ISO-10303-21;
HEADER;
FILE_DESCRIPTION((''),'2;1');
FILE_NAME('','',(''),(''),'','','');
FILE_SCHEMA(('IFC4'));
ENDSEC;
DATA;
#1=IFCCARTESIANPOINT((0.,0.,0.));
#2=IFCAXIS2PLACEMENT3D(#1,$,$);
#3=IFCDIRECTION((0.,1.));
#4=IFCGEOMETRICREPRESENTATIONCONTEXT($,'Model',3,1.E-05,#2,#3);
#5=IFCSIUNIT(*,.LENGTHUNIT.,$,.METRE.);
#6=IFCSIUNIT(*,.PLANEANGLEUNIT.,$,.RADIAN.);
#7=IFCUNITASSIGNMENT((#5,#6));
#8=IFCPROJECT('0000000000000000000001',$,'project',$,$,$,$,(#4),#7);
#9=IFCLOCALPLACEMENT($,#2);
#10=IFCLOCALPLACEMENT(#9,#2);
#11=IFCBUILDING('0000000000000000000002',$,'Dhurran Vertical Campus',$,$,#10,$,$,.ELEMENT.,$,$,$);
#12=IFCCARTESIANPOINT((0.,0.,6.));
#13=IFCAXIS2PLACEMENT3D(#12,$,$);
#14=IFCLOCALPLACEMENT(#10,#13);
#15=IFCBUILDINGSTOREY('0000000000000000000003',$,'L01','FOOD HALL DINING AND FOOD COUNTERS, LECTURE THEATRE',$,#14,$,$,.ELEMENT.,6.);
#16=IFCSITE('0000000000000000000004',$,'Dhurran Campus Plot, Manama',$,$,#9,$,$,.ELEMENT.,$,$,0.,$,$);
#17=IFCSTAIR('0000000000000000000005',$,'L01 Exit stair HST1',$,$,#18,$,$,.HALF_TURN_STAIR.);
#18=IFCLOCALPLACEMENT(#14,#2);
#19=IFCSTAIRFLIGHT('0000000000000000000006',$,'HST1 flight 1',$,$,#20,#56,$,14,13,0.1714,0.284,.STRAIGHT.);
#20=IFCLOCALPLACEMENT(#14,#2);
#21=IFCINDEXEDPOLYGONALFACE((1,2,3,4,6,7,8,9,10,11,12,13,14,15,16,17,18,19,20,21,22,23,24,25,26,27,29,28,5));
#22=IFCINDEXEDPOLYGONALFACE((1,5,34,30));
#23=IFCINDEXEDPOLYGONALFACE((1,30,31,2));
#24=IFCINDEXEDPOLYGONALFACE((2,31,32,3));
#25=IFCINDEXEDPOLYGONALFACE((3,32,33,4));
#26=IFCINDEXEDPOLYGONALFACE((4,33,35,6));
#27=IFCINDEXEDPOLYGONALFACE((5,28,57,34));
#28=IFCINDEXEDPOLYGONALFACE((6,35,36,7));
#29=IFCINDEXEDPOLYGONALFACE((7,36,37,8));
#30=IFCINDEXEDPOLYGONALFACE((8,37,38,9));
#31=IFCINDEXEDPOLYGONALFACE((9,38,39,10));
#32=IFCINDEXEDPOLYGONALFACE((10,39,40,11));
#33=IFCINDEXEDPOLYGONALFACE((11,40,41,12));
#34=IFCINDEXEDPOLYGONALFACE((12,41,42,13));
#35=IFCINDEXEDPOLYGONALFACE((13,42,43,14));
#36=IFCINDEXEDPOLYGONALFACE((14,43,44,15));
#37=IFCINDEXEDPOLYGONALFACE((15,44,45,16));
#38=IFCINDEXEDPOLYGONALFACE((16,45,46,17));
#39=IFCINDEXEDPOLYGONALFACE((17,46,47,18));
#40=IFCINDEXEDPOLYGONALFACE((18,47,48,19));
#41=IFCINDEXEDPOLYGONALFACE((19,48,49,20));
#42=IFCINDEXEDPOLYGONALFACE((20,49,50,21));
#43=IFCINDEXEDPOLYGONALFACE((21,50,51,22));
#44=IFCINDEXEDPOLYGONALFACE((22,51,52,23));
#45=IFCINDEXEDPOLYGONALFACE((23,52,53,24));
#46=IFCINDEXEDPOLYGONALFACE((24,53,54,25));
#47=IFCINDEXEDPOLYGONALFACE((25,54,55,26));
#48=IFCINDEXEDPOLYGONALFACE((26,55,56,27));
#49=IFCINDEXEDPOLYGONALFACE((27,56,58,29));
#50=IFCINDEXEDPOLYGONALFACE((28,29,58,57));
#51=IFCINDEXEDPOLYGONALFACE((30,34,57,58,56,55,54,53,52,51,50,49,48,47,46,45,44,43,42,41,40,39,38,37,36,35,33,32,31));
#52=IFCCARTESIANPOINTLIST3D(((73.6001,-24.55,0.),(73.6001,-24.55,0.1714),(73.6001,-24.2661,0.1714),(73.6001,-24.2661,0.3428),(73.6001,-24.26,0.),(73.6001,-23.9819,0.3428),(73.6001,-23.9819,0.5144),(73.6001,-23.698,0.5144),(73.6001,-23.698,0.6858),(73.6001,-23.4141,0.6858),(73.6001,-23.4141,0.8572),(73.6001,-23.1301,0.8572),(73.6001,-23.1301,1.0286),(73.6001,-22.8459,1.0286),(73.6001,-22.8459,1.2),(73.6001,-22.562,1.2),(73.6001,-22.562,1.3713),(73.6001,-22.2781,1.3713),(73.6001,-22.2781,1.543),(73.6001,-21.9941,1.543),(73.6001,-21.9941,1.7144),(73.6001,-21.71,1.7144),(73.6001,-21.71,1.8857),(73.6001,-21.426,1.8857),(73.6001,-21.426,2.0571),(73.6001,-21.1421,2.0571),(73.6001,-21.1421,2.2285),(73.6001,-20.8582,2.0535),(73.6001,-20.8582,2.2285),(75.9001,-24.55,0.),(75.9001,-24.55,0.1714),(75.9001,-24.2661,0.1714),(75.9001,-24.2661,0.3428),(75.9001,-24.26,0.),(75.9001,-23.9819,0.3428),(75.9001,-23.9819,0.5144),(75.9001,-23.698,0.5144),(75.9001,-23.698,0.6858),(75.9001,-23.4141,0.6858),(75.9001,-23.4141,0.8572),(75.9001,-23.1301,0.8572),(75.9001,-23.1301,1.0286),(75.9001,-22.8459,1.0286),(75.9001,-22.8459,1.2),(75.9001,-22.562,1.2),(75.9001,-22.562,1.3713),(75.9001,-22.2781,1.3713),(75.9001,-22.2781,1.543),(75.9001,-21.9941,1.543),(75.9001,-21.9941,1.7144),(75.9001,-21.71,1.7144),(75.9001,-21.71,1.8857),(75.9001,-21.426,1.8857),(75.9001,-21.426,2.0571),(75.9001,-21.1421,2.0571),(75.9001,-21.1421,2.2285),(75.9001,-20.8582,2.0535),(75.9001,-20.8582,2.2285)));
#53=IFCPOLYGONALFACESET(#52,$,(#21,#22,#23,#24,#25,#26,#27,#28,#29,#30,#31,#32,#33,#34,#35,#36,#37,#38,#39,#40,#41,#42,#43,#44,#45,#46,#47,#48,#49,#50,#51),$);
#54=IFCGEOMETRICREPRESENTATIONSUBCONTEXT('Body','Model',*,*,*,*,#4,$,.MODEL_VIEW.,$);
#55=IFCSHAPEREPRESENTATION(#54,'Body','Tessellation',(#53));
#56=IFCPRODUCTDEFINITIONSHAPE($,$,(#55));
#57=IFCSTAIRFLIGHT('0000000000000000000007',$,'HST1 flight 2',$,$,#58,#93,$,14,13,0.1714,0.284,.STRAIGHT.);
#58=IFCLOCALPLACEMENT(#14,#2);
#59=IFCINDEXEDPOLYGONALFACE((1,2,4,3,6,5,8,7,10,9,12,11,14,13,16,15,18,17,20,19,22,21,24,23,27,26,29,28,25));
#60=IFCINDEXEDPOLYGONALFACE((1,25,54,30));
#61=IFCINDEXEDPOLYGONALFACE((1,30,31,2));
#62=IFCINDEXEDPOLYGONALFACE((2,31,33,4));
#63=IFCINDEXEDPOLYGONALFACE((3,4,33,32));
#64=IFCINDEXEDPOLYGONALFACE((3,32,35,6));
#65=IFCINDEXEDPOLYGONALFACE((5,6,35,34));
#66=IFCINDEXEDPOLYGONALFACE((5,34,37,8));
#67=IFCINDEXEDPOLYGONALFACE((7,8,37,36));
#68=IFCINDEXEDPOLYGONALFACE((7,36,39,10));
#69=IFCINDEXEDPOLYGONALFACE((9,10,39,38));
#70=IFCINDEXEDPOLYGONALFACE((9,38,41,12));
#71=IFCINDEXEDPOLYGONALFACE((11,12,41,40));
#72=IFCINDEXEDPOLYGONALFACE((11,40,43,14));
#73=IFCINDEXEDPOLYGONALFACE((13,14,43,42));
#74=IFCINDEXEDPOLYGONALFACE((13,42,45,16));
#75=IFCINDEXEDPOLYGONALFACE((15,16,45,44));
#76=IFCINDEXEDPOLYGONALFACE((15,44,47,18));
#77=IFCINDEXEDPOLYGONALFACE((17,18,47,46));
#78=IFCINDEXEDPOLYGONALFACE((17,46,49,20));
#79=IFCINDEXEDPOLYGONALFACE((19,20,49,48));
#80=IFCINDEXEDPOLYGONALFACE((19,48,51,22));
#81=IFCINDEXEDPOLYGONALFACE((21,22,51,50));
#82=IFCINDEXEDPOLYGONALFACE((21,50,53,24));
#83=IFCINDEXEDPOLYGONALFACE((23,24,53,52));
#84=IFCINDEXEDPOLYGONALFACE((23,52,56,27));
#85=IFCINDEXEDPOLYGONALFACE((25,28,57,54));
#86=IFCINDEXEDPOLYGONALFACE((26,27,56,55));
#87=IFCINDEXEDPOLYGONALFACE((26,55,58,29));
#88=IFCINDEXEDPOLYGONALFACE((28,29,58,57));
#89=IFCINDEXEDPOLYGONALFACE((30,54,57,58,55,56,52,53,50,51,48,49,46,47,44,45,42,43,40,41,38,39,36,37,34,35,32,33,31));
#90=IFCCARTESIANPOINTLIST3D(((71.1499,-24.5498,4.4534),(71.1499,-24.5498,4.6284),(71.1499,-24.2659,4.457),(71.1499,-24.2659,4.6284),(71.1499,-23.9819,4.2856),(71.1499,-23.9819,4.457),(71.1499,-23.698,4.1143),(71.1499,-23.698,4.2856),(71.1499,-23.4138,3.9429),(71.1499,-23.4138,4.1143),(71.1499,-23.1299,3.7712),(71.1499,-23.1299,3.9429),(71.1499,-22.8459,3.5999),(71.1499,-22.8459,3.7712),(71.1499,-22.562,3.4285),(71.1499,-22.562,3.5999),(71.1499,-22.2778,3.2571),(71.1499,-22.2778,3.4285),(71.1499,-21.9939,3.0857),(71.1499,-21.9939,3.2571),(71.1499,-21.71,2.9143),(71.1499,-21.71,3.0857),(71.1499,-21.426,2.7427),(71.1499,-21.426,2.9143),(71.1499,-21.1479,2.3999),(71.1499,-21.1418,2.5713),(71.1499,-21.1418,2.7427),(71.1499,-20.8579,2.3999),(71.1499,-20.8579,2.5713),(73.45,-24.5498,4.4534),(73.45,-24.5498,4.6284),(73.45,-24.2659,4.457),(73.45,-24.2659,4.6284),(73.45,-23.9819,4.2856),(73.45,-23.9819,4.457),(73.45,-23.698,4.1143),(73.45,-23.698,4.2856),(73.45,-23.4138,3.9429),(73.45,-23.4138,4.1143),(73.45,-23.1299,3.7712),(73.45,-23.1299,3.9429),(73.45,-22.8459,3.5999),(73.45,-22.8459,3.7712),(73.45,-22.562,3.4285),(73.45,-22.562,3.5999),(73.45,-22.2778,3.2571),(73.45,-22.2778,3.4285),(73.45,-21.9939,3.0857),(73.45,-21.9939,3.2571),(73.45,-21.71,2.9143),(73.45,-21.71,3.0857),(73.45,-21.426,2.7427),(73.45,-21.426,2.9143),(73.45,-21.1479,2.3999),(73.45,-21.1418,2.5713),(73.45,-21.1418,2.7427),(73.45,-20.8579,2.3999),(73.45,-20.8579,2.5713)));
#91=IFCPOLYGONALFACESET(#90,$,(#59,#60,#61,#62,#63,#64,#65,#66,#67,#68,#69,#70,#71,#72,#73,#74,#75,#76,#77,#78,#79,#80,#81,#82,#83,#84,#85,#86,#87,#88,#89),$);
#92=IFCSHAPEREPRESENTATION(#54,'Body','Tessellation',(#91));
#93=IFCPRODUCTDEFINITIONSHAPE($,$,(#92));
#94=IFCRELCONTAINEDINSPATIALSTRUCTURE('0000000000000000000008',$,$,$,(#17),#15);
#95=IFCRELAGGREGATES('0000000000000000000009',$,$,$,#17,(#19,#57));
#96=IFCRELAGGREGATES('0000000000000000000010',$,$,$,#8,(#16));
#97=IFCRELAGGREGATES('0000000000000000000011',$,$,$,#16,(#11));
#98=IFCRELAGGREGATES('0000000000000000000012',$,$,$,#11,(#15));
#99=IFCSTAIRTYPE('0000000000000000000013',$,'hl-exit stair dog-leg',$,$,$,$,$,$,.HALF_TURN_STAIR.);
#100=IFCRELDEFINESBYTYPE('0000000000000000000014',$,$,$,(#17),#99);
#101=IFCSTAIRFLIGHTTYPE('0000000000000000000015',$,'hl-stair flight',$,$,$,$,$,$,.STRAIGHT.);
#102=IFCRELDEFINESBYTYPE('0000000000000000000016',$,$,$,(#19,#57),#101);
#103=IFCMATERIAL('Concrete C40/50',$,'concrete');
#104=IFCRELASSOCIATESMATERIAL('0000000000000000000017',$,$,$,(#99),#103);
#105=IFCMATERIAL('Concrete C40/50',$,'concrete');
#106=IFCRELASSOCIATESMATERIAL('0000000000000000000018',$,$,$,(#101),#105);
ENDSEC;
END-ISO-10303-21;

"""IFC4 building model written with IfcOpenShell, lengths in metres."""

from ifc_helpers import new_model, si_unit, direction, frame, origin, place, context, subcontext, project, spatial, polyline, outline, extrude, material, type_object, element, aggregate, save


model = new_model("IFC4")

# Units and contexts
model_context = context("Model", 3, precision=1e-05, world=origin(), true_north=direction((0.0, 1.0)))
body_context = subcontext(model_context, "Body", "Model", "MODEL_VIEW")
ifc_project = project(units=[si_unit("LENGTHUNIT", "METRE"), si_unit("PLANEANGLEUNIT", "RADIAN")], contexts=[model_context])

# Site, building, storey
site_placement = place(None, origin())
site = spatial("IfcSite", under=ifc_project, at=site_placement, Name="Dhurran Campus Plot, Manama", CompositionType="ELEMENT", RefElevation=0.0)
building_placement = place(site_placement, origin())
building = spatial("IfcBuilding", under=site, at=building_placement, Name="Dhurran Vertical Campus", CompositionType="ELEMENT")
storey_placement = place(building_placement, frame((0.0, 0.0, 6.0)))
storey = spatial("IfcBuildingStorey", under=building, at=storey_placement, Name="L01", Description="FOOD HALL DINING AND FOOD COUNTERS, LECTURE THEATRE", CompositionType="ELEMENT", Elevation=6.0)

# Stair, stair flights
ifc_material_1 = material(Name="Concrete C40/50", Category="concrete")
stair_type = type_object("IfcStairType", Name="hl-exit stair dog-leg", PredefinedType="HALF_TURN_STAIR", material=ifc_material_1)
stair_placement = place(storey_placement, origin())
stair = element("IfcStair", 1, at=stair_placement, inside=storey, type_object=stair_type, Name="L01 Exit stair HST1", PredefinedType="HALF_TURN_STAIR")
ifc_material_2 = material(Name="Concrete C40/50", Category="concrete")
stair_flight_type = type_object("IfcStairFlightType", Name="hl-stair flight", PredefinedType="STRAIGHT", material=ifc_material_2)
stair_flight_1_placement = place(storey_placement, frame((74.75, -24.55, 0.0), z_axis=(0.0, 0.0, 1.0), x_axis=(0.0, 1.0, 0.0)))
stair_flight_1 = element("IfcStairFlight", 2, at=stair_flight_1_placement, type_object=stair_flight_type, Name="HST1 flight 1", NumberOfRisers=14, NumberOfTreads=13, PredefinedType="STRAIGHT", RiserHeight=0.1714, TreadLength=0.284, context=body_context, shape_type="SweptSolid", body=[
    extrude(outline(polyline([(0.0, 0.0), (0.0, 0.1714), (0.2839, 0.1714), (0.2839, 0.3428), (0.5681, 0.3428), (0.5681, 0.5144), (0.8521, 0.5144), (0.8521, 0.6858), (1.136, 0.6858), (1.136, 0.8572), (1.4199, 0.8572), (1.4199, 1.0286), (1.7041, 1.0286), (1.7041, 1.2), (1.988, 1.2), (1.988, 1.3713), (2.272, 1.3713), (2.272, 1.543), (2.5559, 1.543), (2.5559, 1.7144), (2.8401, 1.7144), (2.8401, 1.8857), (3.124, 1.8857), (3.124, 2.0571), (3.408, 2.0571), (3.408, 2.2285), (3.6919, 2.2285), (3.6919, 2.3999), (3.6919, 2.0535), (0.29, 0.0), (0.0, 0.0)])), frame((0.0, 1.1499, 0.0), z_axis=(0.0, -1.0, 0.0), x_axis=(1.0, 0.0, 0.0)), (0.0, 0.0, 1.0), 2.3),
])
stair_flight_2_placement = place(storey_placement, frame((72.3, -20.8579, 2.3999), z_axis=(0.0, 0.0, 1.0), x_axis=(0.0, -1.0, 0.0)))
stair_flight_2 = element("IfcStairFlight", 3, at=stair_flight_2_placement, type_object=stair_flight_type, Name="HST1 flight 2", NumberOfRisers=14, NumberOfTreads=13, PredefinedType="STRAIGHT", RiserHeight=0.1714, TreadLength=0.284, context=body_context, shape_type="SweptSolid", body=[
    extrude(outline(polyline([(0.0, 0.0), (0.0, 0.1714), (0.2839, 0.1714), (0.2839, 0.3428), (0.5681, 0.3428), (0.5681, 0.5144), (0.8521, 0.5144), (0.8521, 0.6858), (1.136, 0.6858), (1.136, 0.8572), (1.4199, 0.8572), (1.4199, 1.0286), (1.7041, 1.0286), (1.7041, 1.2), (1.988, 1.2), (1.988, 1.3713), (2.272, 1.3713), (2.272, 1.543), (2.5559, 1.543), (2.5559, 1.7144), (2.8401, 1.7144), (2.8401, 1.8857), (3.124, 1.8857), (3.124, 2.0571), (3.408, 2.0571), (3.408, 2.2285), (3.6919, 2.2285), (3.6919, 2.3999), (3.6919, 2.0535), (0.29, 0.0), (0.0, 0.0)])), frame((0.0, 1.1499, 0.0), z_axis=(0.0, -1.0, 0.0), x_axis=(1.0, 0.0, 0.0)), (0.0, 0.0, 1.0), 2.3),
])
aggregate(stair, [stair_flight_1, stair_flight_2])

save(model, "model.ifc")
